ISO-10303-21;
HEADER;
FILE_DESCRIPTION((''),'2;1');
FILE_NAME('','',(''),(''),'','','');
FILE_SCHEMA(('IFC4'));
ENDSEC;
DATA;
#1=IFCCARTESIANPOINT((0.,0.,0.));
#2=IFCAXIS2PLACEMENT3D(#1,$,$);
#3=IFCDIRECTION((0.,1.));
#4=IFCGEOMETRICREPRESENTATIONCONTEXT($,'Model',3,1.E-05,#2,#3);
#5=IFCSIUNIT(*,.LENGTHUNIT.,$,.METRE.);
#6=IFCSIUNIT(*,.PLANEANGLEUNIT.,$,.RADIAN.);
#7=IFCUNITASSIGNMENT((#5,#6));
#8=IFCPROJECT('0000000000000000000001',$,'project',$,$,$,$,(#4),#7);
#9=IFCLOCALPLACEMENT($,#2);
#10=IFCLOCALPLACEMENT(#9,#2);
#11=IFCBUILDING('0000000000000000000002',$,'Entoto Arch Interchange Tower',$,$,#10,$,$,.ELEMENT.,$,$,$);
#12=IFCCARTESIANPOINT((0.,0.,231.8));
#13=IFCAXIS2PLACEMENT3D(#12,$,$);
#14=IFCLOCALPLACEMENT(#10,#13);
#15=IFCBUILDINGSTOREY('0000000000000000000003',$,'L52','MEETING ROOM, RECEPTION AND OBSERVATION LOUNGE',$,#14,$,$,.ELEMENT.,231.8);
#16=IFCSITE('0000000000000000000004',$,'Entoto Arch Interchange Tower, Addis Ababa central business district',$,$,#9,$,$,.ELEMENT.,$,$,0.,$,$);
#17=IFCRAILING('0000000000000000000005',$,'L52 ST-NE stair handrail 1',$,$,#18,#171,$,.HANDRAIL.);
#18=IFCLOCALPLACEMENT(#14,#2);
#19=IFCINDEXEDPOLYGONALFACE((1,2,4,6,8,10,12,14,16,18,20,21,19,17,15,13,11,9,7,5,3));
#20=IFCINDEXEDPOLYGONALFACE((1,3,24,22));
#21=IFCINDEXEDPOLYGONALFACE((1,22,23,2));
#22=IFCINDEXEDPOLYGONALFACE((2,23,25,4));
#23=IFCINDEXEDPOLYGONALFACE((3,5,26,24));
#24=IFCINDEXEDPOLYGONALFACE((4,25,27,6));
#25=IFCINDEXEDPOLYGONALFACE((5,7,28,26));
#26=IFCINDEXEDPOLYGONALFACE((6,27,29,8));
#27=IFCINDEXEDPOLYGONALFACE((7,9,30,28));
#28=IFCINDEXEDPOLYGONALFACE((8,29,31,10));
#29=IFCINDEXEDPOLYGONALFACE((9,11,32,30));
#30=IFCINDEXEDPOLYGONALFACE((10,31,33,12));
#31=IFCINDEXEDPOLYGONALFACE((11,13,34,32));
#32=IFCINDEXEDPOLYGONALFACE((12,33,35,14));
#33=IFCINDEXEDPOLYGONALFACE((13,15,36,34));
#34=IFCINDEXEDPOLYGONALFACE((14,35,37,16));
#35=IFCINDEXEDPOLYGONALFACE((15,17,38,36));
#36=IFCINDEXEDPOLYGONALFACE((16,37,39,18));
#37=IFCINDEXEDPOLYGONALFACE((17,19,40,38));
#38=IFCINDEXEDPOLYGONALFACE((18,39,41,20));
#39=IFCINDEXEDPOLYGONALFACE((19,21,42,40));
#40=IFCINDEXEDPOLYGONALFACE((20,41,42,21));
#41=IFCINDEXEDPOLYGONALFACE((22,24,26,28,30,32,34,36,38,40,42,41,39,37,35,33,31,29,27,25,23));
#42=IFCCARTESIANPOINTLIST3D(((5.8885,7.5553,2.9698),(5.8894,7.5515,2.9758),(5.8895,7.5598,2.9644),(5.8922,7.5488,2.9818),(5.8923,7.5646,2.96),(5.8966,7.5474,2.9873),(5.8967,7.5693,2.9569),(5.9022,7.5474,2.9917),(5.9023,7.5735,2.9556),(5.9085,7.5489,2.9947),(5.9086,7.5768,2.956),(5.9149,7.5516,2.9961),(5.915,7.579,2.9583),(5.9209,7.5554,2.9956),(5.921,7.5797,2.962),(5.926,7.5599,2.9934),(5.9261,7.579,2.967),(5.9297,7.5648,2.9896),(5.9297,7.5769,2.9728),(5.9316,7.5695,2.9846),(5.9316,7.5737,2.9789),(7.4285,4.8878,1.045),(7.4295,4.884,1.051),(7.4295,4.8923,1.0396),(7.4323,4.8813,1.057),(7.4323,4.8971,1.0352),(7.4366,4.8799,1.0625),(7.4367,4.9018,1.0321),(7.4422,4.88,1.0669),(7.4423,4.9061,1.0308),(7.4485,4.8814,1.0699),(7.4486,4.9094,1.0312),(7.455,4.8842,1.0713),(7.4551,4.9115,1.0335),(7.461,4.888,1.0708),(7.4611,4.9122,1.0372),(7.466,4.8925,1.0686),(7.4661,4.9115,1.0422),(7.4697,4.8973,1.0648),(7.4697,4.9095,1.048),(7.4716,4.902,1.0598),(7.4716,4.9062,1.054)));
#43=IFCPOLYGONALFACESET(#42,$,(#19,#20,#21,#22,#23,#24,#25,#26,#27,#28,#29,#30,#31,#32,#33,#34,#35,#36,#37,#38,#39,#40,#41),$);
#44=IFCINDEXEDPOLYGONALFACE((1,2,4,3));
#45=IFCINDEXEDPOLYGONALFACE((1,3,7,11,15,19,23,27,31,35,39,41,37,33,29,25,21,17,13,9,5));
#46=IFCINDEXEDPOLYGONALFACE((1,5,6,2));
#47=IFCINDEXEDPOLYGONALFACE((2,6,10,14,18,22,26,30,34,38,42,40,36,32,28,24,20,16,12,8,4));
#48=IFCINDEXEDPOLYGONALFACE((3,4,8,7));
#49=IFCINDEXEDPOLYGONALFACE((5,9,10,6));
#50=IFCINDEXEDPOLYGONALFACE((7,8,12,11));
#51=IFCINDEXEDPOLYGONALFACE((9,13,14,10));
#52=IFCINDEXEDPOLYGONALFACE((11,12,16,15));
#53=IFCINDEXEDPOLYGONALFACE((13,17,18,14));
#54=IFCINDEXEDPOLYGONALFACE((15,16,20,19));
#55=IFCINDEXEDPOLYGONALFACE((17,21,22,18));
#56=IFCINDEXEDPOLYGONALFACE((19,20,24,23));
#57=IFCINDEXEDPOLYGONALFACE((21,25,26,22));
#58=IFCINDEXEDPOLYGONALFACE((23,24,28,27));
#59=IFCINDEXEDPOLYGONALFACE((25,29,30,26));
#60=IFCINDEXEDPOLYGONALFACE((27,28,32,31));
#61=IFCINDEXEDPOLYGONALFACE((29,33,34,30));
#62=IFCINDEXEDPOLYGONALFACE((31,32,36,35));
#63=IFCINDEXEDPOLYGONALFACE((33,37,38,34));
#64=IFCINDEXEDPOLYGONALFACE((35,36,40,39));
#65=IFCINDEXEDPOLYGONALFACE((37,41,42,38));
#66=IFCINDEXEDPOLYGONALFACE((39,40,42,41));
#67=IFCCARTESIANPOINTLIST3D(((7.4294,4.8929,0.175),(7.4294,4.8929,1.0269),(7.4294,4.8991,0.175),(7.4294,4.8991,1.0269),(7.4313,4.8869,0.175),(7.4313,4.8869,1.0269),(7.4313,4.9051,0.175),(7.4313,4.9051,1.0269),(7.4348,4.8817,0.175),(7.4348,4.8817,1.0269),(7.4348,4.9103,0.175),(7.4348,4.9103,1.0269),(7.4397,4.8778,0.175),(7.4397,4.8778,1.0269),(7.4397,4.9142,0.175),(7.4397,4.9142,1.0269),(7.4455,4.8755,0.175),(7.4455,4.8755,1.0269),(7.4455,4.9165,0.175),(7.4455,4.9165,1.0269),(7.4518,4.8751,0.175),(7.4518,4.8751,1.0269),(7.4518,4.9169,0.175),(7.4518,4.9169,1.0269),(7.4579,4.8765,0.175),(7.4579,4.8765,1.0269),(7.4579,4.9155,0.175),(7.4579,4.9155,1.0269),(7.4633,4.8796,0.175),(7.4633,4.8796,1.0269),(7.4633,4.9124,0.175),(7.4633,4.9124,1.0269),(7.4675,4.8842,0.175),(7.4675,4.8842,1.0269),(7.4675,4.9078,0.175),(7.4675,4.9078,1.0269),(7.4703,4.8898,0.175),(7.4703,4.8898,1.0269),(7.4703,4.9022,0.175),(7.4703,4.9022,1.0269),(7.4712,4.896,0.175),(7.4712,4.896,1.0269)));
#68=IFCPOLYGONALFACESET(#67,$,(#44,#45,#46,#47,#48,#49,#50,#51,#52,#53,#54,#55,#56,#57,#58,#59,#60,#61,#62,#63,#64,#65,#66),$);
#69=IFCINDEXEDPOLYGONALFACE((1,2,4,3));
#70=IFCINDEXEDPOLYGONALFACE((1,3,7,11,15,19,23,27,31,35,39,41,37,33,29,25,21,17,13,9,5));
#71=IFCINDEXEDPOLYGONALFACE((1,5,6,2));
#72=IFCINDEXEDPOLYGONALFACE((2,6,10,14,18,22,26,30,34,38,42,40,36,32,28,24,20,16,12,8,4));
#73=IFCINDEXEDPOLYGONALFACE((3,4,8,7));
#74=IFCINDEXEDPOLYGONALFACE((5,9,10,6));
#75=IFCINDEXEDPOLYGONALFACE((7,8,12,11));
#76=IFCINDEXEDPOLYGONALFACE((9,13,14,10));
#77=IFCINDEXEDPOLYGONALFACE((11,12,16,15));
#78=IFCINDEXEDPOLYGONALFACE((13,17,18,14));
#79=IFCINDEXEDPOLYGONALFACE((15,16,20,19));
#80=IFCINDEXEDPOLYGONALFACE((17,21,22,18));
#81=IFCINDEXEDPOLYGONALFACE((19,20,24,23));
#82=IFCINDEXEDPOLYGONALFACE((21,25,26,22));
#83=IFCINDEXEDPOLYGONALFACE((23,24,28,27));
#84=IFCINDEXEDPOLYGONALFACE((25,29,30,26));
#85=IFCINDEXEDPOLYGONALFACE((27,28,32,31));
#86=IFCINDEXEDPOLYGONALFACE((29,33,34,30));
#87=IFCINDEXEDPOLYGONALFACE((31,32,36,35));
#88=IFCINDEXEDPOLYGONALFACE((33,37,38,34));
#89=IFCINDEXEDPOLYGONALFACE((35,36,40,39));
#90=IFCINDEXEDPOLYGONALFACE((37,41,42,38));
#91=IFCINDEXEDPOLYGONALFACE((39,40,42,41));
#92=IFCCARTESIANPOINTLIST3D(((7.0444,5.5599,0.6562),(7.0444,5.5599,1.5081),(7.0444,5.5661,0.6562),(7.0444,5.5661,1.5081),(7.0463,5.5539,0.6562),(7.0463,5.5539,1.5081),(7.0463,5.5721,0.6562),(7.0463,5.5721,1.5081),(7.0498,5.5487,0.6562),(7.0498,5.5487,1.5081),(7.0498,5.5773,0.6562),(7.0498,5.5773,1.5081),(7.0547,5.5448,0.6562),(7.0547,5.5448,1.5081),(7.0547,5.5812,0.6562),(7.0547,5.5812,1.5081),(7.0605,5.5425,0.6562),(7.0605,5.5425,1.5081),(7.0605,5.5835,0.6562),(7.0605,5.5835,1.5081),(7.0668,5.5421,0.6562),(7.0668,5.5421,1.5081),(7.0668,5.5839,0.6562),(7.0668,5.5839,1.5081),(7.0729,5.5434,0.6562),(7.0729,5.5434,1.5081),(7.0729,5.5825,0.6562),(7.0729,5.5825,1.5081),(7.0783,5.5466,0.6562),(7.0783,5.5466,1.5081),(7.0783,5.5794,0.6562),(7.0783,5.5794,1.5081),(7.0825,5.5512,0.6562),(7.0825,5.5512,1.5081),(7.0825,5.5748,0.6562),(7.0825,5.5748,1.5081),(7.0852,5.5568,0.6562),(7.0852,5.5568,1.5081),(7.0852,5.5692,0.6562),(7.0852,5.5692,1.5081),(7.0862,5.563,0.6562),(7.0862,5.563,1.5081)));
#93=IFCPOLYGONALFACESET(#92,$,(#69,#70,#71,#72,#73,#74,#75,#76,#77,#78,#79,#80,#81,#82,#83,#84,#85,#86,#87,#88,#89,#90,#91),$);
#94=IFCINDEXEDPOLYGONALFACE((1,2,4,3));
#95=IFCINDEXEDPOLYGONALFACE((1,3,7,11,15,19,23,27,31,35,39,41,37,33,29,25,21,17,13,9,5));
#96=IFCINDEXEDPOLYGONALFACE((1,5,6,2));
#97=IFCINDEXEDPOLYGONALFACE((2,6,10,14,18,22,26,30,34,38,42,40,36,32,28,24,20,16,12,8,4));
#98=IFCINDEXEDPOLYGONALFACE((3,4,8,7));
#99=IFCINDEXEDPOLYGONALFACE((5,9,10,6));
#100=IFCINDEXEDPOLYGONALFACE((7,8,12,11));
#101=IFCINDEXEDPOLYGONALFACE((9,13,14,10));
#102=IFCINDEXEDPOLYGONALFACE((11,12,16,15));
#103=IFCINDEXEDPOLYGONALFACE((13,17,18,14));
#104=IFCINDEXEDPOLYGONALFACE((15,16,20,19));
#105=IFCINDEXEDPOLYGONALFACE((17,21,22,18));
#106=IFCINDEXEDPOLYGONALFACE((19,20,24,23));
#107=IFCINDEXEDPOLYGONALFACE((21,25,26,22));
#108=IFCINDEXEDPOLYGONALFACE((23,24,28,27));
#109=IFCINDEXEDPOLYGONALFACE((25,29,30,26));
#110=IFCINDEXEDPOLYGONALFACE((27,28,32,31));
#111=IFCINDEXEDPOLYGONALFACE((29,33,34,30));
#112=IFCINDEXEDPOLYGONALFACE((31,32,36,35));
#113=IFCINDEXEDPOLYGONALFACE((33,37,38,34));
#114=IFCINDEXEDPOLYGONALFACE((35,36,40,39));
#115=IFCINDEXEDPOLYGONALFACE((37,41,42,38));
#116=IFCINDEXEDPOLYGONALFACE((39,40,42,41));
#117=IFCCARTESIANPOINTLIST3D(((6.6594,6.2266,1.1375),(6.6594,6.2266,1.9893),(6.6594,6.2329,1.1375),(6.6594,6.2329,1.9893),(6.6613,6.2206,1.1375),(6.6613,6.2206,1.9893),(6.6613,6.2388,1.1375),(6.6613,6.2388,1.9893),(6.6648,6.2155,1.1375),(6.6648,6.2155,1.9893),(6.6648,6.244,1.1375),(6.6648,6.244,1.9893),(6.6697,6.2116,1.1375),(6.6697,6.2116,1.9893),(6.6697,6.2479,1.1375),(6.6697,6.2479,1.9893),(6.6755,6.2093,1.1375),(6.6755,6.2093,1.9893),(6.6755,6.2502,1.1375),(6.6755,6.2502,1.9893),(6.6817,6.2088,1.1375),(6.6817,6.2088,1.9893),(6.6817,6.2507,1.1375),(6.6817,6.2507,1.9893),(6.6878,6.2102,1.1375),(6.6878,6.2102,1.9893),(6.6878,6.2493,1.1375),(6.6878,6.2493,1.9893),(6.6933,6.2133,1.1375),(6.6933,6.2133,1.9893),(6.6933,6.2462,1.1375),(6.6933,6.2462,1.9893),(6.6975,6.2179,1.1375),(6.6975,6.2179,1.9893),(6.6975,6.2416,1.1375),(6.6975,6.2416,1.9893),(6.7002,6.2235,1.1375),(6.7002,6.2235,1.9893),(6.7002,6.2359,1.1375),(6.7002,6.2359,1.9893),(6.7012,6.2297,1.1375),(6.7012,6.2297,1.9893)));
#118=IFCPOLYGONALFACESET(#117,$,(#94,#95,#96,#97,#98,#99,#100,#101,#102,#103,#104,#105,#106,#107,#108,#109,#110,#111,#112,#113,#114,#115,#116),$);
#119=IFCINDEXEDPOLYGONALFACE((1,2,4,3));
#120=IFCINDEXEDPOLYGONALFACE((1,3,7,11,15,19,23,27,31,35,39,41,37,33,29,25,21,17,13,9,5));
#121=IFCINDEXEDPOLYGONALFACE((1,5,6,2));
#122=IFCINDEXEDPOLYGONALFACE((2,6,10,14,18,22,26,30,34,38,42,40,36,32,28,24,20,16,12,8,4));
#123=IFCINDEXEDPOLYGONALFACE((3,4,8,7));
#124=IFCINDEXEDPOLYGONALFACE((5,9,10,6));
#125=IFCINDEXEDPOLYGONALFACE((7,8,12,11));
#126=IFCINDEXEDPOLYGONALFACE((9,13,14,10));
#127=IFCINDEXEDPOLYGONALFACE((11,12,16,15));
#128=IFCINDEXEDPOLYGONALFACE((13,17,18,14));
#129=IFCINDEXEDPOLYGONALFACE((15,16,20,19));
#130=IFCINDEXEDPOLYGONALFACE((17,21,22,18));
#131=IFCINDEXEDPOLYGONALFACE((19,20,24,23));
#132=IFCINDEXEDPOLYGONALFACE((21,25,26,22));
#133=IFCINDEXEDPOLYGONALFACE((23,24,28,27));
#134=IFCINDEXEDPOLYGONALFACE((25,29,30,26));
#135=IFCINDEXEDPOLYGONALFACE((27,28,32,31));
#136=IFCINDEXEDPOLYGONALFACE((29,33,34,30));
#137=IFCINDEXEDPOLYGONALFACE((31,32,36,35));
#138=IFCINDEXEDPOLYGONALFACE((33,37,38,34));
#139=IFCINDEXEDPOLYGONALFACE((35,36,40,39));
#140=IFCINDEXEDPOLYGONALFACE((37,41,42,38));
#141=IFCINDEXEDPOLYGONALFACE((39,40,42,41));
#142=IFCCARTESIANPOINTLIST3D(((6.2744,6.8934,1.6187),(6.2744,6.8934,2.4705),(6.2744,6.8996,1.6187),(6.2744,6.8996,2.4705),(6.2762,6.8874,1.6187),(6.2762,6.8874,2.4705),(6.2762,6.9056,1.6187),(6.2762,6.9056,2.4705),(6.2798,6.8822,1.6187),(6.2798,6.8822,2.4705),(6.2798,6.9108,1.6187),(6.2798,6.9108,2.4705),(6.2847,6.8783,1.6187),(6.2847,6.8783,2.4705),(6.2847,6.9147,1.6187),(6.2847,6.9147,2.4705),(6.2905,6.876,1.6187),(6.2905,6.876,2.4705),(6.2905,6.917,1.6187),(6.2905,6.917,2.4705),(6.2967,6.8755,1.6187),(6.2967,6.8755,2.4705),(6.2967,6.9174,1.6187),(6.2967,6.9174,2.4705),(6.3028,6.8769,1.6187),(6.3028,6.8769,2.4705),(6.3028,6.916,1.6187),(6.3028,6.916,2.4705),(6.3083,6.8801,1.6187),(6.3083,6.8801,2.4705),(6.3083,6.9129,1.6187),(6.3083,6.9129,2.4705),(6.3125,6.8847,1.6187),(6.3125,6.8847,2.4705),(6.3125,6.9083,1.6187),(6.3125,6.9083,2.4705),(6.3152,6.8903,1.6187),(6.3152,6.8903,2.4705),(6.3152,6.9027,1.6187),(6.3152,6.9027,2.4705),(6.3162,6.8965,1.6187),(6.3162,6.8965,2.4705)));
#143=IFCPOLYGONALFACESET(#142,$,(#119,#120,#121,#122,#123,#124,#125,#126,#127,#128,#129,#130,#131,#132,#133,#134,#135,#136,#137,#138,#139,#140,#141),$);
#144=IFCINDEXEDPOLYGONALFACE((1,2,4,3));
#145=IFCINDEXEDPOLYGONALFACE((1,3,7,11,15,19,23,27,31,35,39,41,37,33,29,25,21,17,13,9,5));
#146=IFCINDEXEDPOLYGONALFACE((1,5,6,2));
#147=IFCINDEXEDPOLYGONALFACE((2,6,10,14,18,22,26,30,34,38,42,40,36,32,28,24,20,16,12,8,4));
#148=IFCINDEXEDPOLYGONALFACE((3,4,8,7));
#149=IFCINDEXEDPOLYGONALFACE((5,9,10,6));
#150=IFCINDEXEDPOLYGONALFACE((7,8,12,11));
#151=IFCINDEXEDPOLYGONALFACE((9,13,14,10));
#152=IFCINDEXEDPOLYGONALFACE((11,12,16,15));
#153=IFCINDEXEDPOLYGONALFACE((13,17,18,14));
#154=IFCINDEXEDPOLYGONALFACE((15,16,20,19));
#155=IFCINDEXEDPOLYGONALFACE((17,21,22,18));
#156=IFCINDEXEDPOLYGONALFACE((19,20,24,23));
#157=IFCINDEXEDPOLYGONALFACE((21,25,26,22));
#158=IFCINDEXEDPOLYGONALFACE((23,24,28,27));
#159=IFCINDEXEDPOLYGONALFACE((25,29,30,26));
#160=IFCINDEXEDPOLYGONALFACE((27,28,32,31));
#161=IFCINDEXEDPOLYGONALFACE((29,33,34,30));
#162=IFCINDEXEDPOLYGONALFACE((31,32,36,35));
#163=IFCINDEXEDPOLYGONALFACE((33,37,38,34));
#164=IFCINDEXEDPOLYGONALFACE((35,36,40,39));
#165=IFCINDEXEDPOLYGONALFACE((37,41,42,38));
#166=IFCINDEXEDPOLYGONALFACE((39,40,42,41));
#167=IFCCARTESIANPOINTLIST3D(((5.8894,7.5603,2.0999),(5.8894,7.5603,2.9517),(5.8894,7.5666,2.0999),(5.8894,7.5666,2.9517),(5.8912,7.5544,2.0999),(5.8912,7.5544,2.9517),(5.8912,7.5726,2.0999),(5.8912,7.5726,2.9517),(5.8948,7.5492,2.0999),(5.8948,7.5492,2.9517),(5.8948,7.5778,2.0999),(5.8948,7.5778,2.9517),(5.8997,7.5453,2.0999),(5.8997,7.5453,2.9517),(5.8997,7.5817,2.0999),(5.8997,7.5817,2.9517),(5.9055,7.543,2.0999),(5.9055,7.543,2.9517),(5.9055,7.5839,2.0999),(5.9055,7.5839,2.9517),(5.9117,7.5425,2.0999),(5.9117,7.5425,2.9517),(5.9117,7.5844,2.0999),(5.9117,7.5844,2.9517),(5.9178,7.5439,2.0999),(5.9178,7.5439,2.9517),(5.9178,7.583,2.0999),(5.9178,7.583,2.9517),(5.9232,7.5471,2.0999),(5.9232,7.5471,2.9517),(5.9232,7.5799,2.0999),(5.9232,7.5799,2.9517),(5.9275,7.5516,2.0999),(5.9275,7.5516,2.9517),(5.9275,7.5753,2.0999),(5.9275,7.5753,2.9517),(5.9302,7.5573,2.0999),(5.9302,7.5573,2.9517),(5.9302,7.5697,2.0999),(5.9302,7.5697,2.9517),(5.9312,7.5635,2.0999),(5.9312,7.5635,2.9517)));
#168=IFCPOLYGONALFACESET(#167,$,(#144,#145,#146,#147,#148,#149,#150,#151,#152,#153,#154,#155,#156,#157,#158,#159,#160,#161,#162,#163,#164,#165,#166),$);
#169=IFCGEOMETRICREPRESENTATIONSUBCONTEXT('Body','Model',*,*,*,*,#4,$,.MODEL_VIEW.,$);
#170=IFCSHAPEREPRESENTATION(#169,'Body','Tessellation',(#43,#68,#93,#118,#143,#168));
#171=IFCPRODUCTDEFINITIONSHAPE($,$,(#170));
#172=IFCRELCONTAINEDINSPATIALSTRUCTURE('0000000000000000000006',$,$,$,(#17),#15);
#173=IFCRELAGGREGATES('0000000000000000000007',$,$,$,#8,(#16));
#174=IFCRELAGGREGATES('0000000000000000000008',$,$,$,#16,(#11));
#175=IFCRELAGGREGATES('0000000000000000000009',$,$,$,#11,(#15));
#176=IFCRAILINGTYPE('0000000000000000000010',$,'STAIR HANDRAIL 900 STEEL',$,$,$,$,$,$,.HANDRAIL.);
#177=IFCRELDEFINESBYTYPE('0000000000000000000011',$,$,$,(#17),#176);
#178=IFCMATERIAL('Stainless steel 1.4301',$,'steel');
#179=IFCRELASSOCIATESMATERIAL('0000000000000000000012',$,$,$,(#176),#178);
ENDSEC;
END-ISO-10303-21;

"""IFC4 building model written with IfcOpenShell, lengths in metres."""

from ifc_helpers import new_model, si_unit, direction, frame, origin, origin_2d, place, context, subcontext, project, spatial, circle, extrude, material, type_object, element, save


model = new_model("IFC4")

# Units and contexts
model_context = context("Model", 3, precision=1e-05, world=origin(), true_north=direction((0.0, 1.0)))
body_context = subcontext(model_context, "Body", "Model", "MODEL_VIEW")
ifc_project = project(units=[si_unit("LENGTHUNIT", "METRE"), si_unit("PLANEANGLEUNIT", "RADIAN")], contexts=[model_context])

# Site, building, storey
site_placement = place(None, origin())
site = spatial("IfcSite", under=ifc_project, at=site_placement, Name="Entoto Arch Interchange Tower, Addis Ababa central business district", CompositionType="ELEMENT", RefElevation=0.0)
building_placement = place(site_placement, origin())
building = spatial("IfcBuilding", under=site, at=building_placement, Name="Entoto Arch Interchange Tower", CompositionType="ELEMENT")
storey_placement = place(building_placement, frame((0.0, 0.0, 231.8)))
storey = spatial("IfcBuildingStorey", under=building, at=storey_placement, Name="L52", Description="MEETING ROOM, RECEPTION AND OBSERVATION LOUNGE", CompositionType="ELEMENT", Elevation=231.8)

# Railing
ifc_material_1 = material(Name="Stainless steel 1.4301", Category="steel")
railing_type_1 = type_object("IfcRailingType", Name="STAIR HANDRAIL 900 STEEL", PredefinedType="HANDRAIL", material=ifc_material_1)
railing_1_placement = place(storey_placement, frame((7.4502, 4.896, 0.175)))
element("IfcRailing", 1, at=railing_1_placement, inside=storey, type_object=railing_type_1, Name="L52 ST-NE stair handrail 1", PredefinedType="HANDRAIL", context=body_context, shape_type="SweptSolid", body=[
    extrude(circle(Radius=0.0239, at=origin_2d()), frame((0.0, 0.0, 0.876), z_axis=(-0.42401, 0.734421, 0.529945), x_axis=(-0.86603, -0.499992, 0.0)), (0.0, 0.0, 1.0), 3.6321),
    extrude(circle(Radius=0.021, at=origin_2d()), origin(), (0.0, 0.0, 1.0), 0.8518),
    extrude(circle(Radius=0.021, at=origin_2d()), frame((-0.385, 0.667, 0.4812)), (0.0, 0.0, 1.0), 0.8518),
    extrude(circle(Radius=0.021, at=origin_2d()), frame((-0.77, 1.3337, 0.9624)), (0.0, 0.0, 1.0), 0.8518),
    extrude(circle(Radius=0.021, at=origin_2d()), frame((-1.155, 2.0005, 1.4436)), (0.0, 0.0, 1.0), 0.8518),
    extrude(circle(Radius=0.021, at=origin_2d()), frame((-1.54, 2.6675, 1.9248)), (0.0, 0.0, 1.0), 0.8518),
])

save(model, "model.ifc")
